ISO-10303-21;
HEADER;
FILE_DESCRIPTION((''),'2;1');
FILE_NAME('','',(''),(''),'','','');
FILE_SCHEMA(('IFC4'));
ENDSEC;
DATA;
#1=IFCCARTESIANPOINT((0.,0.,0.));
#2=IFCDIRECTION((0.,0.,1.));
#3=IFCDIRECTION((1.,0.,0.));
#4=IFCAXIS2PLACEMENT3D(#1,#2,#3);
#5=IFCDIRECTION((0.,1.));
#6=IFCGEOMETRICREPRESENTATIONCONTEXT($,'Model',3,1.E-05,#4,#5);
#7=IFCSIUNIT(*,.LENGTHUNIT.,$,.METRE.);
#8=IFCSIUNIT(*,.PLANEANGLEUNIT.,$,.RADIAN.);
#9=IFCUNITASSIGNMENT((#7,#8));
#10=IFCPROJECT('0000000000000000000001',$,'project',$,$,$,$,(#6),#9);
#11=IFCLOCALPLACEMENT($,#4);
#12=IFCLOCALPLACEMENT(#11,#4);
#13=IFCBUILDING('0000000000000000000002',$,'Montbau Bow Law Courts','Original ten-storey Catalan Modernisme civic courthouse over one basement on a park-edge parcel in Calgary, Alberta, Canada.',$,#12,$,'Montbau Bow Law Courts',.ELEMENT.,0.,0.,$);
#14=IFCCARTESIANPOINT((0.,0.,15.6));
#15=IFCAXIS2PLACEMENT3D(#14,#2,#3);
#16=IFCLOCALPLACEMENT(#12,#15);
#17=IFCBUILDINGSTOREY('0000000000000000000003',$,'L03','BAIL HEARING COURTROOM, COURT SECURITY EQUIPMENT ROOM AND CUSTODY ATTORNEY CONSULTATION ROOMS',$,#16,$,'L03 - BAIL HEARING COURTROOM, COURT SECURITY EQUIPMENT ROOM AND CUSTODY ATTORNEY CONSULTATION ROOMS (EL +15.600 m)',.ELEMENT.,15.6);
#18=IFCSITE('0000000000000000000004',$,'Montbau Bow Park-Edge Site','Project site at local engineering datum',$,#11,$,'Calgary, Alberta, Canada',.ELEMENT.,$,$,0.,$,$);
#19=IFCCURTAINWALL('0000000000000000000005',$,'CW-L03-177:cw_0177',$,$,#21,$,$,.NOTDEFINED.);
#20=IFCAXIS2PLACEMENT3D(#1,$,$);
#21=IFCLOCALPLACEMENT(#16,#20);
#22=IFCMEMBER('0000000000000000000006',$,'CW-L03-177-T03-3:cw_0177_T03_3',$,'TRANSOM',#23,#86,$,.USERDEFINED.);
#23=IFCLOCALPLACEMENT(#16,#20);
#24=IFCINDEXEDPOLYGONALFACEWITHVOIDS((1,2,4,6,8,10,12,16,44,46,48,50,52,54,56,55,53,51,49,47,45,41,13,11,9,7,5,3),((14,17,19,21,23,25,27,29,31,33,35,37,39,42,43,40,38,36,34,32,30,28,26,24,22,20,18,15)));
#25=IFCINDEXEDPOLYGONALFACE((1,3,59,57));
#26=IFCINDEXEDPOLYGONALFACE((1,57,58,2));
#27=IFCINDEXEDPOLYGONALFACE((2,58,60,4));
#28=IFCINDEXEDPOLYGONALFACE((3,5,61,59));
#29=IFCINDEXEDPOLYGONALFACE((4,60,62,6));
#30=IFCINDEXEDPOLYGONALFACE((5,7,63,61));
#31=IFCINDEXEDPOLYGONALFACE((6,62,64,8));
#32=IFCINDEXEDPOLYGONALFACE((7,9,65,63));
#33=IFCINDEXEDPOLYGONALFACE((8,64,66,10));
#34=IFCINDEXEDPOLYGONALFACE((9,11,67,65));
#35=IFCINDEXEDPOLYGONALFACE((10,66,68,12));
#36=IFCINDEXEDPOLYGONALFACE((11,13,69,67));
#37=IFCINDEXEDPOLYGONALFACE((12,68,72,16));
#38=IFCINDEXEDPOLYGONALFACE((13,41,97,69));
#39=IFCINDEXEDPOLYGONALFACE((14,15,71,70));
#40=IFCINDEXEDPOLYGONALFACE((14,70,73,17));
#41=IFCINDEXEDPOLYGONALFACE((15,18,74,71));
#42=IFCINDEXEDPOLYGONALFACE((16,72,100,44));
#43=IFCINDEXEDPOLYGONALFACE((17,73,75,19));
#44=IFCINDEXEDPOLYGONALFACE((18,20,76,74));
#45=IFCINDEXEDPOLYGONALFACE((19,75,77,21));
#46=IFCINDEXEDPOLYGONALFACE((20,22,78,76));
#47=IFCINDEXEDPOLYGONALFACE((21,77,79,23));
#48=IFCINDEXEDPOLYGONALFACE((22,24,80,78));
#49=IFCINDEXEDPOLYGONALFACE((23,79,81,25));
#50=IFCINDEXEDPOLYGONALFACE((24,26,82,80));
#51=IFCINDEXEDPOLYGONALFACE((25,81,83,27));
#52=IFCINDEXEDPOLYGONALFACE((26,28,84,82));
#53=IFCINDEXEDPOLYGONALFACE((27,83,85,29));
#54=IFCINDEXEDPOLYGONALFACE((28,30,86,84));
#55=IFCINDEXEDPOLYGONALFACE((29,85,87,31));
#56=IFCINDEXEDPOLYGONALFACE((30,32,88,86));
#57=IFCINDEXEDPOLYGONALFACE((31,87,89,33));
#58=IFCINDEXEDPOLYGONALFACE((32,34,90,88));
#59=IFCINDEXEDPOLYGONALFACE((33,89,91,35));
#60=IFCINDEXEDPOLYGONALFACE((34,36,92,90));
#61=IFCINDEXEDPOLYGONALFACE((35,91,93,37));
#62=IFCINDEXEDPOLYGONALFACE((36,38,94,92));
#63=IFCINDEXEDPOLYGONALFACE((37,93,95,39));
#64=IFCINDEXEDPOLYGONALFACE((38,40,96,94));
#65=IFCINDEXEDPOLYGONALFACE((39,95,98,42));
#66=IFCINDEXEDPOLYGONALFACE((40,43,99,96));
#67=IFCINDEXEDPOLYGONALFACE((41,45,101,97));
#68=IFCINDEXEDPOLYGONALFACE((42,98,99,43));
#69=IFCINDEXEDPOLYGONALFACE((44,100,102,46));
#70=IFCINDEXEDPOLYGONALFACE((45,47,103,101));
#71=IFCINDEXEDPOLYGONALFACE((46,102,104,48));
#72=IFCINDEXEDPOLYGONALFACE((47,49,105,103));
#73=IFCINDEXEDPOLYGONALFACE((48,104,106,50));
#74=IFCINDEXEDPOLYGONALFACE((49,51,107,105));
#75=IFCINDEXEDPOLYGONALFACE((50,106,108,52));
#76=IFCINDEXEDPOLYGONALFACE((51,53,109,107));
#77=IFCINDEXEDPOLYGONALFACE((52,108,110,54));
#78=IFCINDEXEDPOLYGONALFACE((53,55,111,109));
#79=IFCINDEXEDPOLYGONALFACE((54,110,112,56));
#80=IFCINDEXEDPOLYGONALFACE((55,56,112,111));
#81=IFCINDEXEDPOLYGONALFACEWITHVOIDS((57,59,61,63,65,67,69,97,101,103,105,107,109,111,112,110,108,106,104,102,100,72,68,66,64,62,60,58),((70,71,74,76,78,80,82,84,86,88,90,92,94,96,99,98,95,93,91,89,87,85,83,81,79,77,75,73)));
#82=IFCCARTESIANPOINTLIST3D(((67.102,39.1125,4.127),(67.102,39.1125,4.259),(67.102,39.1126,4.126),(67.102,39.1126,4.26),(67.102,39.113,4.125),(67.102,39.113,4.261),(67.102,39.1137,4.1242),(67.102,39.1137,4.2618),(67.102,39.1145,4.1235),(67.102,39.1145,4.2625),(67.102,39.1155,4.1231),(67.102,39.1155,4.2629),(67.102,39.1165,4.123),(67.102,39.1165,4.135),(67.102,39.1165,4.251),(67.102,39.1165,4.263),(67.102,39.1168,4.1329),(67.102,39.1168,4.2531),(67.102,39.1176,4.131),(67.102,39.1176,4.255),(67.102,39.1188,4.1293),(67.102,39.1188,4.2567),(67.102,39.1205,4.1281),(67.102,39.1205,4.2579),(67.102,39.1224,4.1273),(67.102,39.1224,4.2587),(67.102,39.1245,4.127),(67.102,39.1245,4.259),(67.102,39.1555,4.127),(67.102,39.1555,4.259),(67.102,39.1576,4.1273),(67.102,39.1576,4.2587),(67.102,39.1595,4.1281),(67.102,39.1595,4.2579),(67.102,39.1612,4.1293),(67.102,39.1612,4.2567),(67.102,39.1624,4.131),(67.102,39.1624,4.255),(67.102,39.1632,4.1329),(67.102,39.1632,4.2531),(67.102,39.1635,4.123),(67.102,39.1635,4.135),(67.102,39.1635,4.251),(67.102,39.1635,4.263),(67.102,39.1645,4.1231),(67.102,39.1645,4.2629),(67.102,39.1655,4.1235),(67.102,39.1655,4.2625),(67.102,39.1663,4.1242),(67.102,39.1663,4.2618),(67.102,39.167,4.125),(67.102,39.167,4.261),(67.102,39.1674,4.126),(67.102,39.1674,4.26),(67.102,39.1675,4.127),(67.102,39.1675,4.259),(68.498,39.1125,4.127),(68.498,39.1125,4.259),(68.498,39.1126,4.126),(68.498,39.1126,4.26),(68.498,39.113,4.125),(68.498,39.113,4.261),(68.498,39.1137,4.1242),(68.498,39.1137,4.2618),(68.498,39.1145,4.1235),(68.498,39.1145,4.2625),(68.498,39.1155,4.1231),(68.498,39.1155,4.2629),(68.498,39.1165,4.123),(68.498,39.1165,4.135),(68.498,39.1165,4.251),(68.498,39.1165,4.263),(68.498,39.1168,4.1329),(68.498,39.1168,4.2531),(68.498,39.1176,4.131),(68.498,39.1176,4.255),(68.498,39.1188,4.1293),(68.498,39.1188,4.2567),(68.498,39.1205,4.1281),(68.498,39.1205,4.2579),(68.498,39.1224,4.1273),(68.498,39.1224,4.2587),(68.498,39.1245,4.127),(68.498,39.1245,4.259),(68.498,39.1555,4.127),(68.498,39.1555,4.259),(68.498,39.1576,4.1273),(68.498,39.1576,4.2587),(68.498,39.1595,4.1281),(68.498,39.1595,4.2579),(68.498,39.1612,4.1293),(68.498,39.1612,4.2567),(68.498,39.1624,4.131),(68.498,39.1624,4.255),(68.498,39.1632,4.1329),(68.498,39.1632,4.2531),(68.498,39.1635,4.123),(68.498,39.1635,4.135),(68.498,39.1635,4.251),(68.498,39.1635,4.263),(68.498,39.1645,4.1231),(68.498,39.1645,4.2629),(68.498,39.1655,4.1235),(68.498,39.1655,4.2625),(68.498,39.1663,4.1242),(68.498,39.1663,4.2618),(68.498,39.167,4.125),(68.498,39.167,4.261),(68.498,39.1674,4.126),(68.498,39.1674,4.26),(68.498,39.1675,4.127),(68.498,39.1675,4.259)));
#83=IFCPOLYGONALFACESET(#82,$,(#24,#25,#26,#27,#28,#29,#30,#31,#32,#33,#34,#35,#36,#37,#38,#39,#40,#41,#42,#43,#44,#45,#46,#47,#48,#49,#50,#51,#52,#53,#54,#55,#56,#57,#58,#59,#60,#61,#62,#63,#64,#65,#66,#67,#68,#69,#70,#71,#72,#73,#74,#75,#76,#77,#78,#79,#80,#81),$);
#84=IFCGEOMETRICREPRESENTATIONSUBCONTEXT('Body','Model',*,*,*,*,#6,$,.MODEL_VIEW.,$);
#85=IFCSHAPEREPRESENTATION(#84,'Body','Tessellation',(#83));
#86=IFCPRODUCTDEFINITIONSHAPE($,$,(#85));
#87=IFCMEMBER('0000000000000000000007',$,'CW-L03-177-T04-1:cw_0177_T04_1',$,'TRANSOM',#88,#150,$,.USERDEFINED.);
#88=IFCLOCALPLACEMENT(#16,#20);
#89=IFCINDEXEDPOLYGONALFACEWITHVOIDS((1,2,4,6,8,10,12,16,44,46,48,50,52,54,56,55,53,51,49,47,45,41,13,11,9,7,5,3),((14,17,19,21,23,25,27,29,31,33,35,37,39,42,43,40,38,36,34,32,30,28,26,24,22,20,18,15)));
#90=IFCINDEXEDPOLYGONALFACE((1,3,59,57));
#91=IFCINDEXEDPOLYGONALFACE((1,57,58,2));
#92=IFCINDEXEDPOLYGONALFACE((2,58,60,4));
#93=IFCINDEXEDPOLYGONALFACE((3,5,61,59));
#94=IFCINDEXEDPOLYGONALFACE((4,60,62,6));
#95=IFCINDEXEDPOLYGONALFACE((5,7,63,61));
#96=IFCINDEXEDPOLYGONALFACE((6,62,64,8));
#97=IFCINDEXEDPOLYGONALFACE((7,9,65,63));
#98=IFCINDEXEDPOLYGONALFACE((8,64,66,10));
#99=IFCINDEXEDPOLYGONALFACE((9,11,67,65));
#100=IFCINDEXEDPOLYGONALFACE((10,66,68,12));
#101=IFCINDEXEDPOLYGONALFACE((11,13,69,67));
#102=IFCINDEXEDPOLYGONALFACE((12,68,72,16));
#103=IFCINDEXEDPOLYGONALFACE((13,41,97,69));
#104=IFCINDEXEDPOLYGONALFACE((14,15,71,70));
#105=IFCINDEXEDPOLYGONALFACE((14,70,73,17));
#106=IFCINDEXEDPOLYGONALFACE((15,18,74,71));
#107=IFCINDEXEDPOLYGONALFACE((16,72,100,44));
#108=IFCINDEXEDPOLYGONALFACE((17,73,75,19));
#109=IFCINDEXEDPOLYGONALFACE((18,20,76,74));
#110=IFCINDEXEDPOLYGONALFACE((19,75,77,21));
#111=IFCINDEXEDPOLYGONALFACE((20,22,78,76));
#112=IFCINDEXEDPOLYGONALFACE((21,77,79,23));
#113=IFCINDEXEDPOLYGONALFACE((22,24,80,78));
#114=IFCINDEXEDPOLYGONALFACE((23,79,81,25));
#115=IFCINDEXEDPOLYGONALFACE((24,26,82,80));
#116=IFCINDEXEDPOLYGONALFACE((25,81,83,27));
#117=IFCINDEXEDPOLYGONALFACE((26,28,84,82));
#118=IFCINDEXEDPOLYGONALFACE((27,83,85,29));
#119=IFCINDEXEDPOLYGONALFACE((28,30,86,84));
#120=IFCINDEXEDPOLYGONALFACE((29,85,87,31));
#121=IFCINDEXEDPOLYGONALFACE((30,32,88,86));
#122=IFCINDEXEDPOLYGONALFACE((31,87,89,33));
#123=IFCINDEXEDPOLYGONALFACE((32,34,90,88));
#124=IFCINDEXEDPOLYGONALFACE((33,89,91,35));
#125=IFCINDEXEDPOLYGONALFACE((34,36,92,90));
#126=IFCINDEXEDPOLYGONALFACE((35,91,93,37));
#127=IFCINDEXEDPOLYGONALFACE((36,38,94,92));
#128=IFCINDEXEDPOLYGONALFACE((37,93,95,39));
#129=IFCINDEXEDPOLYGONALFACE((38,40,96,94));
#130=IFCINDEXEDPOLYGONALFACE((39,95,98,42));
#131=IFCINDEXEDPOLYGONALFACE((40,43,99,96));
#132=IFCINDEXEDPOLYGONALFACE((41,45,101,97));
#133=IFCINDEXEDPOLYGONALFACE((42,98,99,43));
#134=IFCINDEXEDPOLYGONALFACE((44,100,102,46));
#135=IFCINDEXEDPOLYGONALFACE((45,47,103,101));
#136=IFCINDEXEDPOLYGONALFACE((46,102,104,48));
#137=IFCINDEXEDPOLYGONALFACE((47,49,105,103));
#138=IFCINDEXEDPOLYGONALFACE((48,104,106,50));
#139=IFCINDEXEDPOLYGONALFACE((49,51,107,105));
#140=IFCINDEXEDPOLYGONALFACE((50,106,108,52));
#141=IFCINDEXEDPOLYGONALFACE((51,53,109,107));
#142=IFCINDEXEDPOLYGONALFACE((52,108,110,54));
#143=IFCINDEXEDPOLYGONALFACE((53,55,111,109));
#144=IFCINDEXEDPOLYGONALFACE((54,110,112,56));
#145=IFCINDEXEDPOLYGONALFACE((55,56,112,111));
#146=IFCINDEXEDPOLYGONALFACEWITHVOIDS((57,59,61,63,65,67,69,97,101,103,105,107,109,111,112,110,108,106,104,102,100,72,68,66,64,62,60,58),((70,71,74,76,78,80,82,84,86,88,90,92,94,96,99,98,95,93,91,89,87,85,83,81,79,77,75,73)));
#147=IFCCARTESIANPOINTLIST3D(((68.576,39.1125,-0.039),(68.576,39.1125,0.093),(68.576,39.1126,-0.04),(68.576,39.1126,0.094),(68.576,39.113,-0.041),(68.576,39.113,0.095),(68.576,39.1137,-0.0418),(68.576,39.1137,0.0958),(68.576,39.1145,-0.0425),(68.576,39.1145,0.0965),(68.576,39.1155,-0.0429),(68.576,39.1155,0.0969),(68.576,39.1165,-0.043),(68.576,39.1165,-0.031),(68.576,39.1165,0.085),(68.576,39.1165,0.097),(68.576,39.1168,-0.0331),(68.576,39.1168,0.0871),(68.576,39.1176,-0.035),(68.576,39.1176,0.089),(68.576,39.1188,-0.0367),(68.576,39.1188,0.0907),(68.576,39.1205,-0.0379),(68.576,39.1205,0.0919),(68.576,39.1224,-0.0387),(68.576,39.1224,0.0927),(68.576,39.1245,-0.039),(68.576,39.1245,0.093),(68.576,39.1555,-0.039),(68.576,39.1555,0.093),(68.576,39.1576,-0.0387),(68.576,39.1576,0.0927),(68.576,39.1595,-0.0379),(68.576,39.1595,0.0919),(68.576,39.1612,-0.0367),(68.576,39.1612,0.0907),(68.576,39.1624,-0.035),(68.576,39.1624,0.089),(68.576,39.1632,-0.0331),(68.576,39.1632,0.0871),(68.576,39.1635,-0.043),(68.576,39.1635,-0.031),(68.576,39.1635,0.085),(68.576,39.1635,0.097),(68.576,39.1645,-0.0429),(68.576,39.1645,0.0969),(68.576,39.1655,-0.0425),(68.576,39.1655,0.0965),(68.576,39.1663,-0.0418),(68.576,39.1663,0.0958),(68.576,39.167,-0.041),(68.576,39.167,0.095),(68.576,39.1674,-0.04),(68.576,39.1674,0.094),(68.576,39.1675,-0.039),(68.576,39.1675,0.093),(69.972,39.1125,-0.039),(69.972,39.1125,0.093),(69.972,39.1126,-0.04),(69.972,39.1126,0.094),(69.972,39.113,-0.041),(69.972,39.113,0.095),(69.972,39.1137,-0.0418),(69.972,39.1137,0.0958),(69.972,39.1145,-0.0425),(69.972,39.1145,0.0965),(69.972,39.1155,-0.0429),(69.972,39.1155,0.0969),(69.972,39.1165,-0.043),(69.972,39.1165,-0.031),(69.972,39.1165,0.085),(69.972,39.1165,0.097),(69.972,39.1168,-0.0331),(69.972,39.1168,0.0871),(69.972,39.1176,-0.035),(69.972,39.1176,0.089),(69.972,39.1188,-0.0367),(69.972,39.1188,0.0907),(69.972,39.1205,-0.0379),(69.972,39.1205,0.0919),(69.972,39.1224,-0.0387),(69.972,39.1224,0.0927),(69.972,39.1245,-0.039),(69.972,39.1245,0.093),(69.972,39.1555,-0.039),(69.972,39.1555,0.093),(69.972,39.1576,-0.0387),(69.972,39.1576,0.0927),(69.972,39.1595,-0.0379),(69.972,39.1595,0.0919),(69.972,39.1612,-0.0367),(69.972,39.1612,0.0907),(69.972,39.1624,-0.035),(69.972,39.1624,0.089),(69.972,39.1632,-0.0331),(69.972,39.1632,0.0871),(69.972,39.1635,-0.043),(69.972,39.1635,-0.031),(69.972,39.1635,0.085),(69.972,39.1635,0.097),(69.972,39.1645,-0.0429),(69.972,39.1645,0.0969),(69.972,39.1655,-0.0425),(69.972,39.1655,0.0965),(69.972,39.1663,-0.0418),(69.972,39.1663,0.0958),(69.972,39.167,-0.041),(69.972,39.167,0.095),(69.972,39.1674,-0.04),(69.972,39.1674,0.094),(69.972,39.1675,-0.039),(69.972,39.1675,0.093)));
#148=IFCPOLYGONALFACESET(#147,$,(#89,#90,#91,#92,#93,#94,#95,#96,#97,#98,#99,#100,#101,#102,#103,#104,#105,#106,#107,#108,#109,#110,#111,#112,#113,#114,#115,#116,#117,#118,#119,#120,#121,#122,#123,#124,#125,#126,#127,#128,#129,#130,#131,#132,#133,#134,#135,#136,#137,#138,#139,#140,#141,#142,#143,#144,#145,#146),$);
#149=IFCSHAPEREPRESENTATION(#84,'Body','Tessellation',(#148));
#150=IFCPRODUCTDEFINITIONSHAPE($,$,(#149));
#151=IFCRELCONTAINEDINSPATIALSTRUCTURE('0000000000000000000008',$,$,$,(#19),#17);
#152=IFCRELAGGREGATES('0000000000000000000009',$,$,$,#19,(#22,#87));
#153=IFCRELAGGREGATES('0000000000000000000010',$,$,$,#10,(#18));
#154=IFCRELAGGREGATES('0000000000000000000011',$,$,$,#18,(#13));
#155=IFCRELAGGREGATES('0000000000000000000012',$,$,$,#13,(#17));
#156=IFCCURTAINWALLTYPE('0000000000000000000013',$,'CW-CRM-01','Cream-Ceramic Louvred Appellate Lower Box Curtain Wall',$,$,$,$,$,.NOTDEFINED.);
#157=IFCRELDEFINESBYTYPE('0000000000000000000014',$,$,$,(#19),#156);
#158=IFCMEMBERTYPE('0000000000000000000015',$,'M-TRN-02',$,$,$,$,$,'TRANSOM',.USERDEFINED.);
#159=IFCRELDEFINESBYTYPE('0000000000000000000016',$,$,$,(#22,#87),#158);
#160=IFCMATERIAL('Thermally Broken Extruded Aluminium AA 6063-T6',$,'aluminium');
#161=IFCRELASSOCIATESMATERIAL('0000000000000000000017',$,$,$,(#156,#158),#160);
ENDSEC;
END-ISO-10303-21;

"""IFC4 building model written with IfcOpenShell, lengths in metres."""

from ifc_helpers import new_model, si_unit, direction, frame, origin_with_axes, origin_2d_with_axis, place, context, subcontext, project, spatial, hollow_rectangle, extrude, material, material_profile, profile_set, type_object, element, aggregate, save


model = new_model("IFC4")

# Units and contexts
model_context = context("Model", 3, precision=1e-05, world=origin_with_axes(), true_north=direction((0.0, 1.0)))
body_context = subcontext(model_context, "Body", "Model", "MODEL_VIEW")
ifc_project = project(units=[si_unit("LENGTHUNIT", "METRE"), si_unit("PLANEANGLEUNIT", "RADIAN")], contexts=[model_context])

# Site, building, storey
site_placement = place(None, origin_with_axes())
site = spatial("IfcSite", under=ifc_project, at=site_placement, Name="Montbau Bow Park-Edge Site", Description="Project site at local engineering datum", LongName="Calgary, Alberta, Canada", CompositionType="ELEMENT", RefElevation=0.0)
building_placement = place(site_placement, origin_with_axes())
building = spatial("IfcBuilding", under=site, at=building_placement, Name="Montbau Bow Law Courts", Description="Original ten-storey Catalan Modernisme civic courthouse over one basement on a park-edge parcel in Calgary, Alberta, Canada.", LongName="Montbau Bow Law Courts", CompositionType="ELEMENT", ElevationOfRefHeight=0.0, ElevationOfTerrain=0.0)
storey_placement = place(building_placement, frame((0.0, 0.0, 15.6), z_axis=(0.0, 0.0, 1.0), x_axis=(1.0, 0.0, 0.0)))
storey = spatial("IfcBuildingStorey", under=building, at=storey_placement, Name="L03", Description="BAIL HEARING COURTROOM, COURT SECURITY EQUIPMENT ROOM AND CUSTODY ATTORNEY CONSULTATION ROOMS", LongName="L03 - BAIL HEARING COURTROOM, COURT SECURITY EQUIPMENT ROOM AND CUSTODY ATTORNEY CONSULTATION ROOMS (EL +15.600 m)", CompositionType="ELEMENT", Elevation=15.6)

# Curtain wall, members
ifc_material_1 = material(Name="Thermally Broken Extruded Aluminium AA 6063-T6", Category="aluminium")
curtain_wall_type = type_object("IfcCurtainWallType", Name="CW-CRM-01", Description="Cream-Ceramic Louvred Appellate Lower Box Curtain Wall", PredefinedType="NOTDEFINED", material=ifc_material_1)
curtain_wall_placement = place(None, frame((64.115, 39.14, 15.6), z_axis=(0.0, 0.0, 1.0), x_axis=(1.0, 0.0, 0.0)))
curtain_wall = element("IfcCurtainWall", 1, at=curtain_wall_placement, inside=storey, type_object=curtain_wall_type, Name="CW-L03-177:cw_0177", PredefinedType="NOTDEFINED")
ifc_material_profile_1 = material_profile(ifc_material_1, hollow_rectangle(XDim=0.055, YDim=0.14, WallThickness=0.004, InnerFilletRadius=0.008, OuterFilletRadius=0.004, at=origin_2d_with_axis()), Name="CWT-140X55", Category="Main", Priority=0)
ifc_profile_set_1 = profile_set([ifc_material_profile_1], Name="Thermally Broken Extruded Aluminium AA 6063-T6")
member_type_1 = type_object("IfcMemberType", Name="M-TRN-02", ElementType="TRANSOM", PredefinedType="USERDEFINED", material=ifc_profile_set_1)
member_1_placement = place(None, frame((67.102, 39.14, 19.793), z_axis=(1.0, 0.0, 0.0), x_axis=(0.0, 1.0, 0.0)))
member_1 = element("IfcMember", 2, at=member_1_placement, type_object=member_type_1, Name="CW-L03-177-T03-3:cw_0177_T03_3", ObjectType="TRANSOM", PredefinedType="USERDEFINED", context=body_context, shape_type="SweptSolid", body=[
    extrude(hollow_rectangle(XDim=0.055, YDim=0.14, WallThickness=0.004, InnerFilletRadius=0.008, OuterFilletRadius=0.004, at=origin_2d_with_axis()), origin_with_axes(), (0.0, 0.0, 1.0), 1.396),
])
member_2_placement = place(None, frame((68.576, 39.14, 15.627), z_axis=(1.0, 0.0, 0.0), x_axis=(0.0, 1.0, 0.0)))
member_2 = element("IfcMember", 3, at=member_2_placement, type_object=member_type_1, Name="CW-L03-177-T04-1:cw_0177_T04_1", ObjectType="TRANSOM", PredefinedType="USERDEFINED", context=body_context, shape_type="SweptSolid", body=[
    extrude(hollow_rectangle(XDim=0.055, YDim=0.14, WallThickness=0.004, InnerFilletRadius=0.008, OuterFilletRadius=0.004, at=origin_2d_with_axis()), origin_with_axes(), (0.0, 0.0, 1.0), 1.396),
])
aggregate(curtain_wall, [member_1, member_2])

save(model, "model.ifc")
